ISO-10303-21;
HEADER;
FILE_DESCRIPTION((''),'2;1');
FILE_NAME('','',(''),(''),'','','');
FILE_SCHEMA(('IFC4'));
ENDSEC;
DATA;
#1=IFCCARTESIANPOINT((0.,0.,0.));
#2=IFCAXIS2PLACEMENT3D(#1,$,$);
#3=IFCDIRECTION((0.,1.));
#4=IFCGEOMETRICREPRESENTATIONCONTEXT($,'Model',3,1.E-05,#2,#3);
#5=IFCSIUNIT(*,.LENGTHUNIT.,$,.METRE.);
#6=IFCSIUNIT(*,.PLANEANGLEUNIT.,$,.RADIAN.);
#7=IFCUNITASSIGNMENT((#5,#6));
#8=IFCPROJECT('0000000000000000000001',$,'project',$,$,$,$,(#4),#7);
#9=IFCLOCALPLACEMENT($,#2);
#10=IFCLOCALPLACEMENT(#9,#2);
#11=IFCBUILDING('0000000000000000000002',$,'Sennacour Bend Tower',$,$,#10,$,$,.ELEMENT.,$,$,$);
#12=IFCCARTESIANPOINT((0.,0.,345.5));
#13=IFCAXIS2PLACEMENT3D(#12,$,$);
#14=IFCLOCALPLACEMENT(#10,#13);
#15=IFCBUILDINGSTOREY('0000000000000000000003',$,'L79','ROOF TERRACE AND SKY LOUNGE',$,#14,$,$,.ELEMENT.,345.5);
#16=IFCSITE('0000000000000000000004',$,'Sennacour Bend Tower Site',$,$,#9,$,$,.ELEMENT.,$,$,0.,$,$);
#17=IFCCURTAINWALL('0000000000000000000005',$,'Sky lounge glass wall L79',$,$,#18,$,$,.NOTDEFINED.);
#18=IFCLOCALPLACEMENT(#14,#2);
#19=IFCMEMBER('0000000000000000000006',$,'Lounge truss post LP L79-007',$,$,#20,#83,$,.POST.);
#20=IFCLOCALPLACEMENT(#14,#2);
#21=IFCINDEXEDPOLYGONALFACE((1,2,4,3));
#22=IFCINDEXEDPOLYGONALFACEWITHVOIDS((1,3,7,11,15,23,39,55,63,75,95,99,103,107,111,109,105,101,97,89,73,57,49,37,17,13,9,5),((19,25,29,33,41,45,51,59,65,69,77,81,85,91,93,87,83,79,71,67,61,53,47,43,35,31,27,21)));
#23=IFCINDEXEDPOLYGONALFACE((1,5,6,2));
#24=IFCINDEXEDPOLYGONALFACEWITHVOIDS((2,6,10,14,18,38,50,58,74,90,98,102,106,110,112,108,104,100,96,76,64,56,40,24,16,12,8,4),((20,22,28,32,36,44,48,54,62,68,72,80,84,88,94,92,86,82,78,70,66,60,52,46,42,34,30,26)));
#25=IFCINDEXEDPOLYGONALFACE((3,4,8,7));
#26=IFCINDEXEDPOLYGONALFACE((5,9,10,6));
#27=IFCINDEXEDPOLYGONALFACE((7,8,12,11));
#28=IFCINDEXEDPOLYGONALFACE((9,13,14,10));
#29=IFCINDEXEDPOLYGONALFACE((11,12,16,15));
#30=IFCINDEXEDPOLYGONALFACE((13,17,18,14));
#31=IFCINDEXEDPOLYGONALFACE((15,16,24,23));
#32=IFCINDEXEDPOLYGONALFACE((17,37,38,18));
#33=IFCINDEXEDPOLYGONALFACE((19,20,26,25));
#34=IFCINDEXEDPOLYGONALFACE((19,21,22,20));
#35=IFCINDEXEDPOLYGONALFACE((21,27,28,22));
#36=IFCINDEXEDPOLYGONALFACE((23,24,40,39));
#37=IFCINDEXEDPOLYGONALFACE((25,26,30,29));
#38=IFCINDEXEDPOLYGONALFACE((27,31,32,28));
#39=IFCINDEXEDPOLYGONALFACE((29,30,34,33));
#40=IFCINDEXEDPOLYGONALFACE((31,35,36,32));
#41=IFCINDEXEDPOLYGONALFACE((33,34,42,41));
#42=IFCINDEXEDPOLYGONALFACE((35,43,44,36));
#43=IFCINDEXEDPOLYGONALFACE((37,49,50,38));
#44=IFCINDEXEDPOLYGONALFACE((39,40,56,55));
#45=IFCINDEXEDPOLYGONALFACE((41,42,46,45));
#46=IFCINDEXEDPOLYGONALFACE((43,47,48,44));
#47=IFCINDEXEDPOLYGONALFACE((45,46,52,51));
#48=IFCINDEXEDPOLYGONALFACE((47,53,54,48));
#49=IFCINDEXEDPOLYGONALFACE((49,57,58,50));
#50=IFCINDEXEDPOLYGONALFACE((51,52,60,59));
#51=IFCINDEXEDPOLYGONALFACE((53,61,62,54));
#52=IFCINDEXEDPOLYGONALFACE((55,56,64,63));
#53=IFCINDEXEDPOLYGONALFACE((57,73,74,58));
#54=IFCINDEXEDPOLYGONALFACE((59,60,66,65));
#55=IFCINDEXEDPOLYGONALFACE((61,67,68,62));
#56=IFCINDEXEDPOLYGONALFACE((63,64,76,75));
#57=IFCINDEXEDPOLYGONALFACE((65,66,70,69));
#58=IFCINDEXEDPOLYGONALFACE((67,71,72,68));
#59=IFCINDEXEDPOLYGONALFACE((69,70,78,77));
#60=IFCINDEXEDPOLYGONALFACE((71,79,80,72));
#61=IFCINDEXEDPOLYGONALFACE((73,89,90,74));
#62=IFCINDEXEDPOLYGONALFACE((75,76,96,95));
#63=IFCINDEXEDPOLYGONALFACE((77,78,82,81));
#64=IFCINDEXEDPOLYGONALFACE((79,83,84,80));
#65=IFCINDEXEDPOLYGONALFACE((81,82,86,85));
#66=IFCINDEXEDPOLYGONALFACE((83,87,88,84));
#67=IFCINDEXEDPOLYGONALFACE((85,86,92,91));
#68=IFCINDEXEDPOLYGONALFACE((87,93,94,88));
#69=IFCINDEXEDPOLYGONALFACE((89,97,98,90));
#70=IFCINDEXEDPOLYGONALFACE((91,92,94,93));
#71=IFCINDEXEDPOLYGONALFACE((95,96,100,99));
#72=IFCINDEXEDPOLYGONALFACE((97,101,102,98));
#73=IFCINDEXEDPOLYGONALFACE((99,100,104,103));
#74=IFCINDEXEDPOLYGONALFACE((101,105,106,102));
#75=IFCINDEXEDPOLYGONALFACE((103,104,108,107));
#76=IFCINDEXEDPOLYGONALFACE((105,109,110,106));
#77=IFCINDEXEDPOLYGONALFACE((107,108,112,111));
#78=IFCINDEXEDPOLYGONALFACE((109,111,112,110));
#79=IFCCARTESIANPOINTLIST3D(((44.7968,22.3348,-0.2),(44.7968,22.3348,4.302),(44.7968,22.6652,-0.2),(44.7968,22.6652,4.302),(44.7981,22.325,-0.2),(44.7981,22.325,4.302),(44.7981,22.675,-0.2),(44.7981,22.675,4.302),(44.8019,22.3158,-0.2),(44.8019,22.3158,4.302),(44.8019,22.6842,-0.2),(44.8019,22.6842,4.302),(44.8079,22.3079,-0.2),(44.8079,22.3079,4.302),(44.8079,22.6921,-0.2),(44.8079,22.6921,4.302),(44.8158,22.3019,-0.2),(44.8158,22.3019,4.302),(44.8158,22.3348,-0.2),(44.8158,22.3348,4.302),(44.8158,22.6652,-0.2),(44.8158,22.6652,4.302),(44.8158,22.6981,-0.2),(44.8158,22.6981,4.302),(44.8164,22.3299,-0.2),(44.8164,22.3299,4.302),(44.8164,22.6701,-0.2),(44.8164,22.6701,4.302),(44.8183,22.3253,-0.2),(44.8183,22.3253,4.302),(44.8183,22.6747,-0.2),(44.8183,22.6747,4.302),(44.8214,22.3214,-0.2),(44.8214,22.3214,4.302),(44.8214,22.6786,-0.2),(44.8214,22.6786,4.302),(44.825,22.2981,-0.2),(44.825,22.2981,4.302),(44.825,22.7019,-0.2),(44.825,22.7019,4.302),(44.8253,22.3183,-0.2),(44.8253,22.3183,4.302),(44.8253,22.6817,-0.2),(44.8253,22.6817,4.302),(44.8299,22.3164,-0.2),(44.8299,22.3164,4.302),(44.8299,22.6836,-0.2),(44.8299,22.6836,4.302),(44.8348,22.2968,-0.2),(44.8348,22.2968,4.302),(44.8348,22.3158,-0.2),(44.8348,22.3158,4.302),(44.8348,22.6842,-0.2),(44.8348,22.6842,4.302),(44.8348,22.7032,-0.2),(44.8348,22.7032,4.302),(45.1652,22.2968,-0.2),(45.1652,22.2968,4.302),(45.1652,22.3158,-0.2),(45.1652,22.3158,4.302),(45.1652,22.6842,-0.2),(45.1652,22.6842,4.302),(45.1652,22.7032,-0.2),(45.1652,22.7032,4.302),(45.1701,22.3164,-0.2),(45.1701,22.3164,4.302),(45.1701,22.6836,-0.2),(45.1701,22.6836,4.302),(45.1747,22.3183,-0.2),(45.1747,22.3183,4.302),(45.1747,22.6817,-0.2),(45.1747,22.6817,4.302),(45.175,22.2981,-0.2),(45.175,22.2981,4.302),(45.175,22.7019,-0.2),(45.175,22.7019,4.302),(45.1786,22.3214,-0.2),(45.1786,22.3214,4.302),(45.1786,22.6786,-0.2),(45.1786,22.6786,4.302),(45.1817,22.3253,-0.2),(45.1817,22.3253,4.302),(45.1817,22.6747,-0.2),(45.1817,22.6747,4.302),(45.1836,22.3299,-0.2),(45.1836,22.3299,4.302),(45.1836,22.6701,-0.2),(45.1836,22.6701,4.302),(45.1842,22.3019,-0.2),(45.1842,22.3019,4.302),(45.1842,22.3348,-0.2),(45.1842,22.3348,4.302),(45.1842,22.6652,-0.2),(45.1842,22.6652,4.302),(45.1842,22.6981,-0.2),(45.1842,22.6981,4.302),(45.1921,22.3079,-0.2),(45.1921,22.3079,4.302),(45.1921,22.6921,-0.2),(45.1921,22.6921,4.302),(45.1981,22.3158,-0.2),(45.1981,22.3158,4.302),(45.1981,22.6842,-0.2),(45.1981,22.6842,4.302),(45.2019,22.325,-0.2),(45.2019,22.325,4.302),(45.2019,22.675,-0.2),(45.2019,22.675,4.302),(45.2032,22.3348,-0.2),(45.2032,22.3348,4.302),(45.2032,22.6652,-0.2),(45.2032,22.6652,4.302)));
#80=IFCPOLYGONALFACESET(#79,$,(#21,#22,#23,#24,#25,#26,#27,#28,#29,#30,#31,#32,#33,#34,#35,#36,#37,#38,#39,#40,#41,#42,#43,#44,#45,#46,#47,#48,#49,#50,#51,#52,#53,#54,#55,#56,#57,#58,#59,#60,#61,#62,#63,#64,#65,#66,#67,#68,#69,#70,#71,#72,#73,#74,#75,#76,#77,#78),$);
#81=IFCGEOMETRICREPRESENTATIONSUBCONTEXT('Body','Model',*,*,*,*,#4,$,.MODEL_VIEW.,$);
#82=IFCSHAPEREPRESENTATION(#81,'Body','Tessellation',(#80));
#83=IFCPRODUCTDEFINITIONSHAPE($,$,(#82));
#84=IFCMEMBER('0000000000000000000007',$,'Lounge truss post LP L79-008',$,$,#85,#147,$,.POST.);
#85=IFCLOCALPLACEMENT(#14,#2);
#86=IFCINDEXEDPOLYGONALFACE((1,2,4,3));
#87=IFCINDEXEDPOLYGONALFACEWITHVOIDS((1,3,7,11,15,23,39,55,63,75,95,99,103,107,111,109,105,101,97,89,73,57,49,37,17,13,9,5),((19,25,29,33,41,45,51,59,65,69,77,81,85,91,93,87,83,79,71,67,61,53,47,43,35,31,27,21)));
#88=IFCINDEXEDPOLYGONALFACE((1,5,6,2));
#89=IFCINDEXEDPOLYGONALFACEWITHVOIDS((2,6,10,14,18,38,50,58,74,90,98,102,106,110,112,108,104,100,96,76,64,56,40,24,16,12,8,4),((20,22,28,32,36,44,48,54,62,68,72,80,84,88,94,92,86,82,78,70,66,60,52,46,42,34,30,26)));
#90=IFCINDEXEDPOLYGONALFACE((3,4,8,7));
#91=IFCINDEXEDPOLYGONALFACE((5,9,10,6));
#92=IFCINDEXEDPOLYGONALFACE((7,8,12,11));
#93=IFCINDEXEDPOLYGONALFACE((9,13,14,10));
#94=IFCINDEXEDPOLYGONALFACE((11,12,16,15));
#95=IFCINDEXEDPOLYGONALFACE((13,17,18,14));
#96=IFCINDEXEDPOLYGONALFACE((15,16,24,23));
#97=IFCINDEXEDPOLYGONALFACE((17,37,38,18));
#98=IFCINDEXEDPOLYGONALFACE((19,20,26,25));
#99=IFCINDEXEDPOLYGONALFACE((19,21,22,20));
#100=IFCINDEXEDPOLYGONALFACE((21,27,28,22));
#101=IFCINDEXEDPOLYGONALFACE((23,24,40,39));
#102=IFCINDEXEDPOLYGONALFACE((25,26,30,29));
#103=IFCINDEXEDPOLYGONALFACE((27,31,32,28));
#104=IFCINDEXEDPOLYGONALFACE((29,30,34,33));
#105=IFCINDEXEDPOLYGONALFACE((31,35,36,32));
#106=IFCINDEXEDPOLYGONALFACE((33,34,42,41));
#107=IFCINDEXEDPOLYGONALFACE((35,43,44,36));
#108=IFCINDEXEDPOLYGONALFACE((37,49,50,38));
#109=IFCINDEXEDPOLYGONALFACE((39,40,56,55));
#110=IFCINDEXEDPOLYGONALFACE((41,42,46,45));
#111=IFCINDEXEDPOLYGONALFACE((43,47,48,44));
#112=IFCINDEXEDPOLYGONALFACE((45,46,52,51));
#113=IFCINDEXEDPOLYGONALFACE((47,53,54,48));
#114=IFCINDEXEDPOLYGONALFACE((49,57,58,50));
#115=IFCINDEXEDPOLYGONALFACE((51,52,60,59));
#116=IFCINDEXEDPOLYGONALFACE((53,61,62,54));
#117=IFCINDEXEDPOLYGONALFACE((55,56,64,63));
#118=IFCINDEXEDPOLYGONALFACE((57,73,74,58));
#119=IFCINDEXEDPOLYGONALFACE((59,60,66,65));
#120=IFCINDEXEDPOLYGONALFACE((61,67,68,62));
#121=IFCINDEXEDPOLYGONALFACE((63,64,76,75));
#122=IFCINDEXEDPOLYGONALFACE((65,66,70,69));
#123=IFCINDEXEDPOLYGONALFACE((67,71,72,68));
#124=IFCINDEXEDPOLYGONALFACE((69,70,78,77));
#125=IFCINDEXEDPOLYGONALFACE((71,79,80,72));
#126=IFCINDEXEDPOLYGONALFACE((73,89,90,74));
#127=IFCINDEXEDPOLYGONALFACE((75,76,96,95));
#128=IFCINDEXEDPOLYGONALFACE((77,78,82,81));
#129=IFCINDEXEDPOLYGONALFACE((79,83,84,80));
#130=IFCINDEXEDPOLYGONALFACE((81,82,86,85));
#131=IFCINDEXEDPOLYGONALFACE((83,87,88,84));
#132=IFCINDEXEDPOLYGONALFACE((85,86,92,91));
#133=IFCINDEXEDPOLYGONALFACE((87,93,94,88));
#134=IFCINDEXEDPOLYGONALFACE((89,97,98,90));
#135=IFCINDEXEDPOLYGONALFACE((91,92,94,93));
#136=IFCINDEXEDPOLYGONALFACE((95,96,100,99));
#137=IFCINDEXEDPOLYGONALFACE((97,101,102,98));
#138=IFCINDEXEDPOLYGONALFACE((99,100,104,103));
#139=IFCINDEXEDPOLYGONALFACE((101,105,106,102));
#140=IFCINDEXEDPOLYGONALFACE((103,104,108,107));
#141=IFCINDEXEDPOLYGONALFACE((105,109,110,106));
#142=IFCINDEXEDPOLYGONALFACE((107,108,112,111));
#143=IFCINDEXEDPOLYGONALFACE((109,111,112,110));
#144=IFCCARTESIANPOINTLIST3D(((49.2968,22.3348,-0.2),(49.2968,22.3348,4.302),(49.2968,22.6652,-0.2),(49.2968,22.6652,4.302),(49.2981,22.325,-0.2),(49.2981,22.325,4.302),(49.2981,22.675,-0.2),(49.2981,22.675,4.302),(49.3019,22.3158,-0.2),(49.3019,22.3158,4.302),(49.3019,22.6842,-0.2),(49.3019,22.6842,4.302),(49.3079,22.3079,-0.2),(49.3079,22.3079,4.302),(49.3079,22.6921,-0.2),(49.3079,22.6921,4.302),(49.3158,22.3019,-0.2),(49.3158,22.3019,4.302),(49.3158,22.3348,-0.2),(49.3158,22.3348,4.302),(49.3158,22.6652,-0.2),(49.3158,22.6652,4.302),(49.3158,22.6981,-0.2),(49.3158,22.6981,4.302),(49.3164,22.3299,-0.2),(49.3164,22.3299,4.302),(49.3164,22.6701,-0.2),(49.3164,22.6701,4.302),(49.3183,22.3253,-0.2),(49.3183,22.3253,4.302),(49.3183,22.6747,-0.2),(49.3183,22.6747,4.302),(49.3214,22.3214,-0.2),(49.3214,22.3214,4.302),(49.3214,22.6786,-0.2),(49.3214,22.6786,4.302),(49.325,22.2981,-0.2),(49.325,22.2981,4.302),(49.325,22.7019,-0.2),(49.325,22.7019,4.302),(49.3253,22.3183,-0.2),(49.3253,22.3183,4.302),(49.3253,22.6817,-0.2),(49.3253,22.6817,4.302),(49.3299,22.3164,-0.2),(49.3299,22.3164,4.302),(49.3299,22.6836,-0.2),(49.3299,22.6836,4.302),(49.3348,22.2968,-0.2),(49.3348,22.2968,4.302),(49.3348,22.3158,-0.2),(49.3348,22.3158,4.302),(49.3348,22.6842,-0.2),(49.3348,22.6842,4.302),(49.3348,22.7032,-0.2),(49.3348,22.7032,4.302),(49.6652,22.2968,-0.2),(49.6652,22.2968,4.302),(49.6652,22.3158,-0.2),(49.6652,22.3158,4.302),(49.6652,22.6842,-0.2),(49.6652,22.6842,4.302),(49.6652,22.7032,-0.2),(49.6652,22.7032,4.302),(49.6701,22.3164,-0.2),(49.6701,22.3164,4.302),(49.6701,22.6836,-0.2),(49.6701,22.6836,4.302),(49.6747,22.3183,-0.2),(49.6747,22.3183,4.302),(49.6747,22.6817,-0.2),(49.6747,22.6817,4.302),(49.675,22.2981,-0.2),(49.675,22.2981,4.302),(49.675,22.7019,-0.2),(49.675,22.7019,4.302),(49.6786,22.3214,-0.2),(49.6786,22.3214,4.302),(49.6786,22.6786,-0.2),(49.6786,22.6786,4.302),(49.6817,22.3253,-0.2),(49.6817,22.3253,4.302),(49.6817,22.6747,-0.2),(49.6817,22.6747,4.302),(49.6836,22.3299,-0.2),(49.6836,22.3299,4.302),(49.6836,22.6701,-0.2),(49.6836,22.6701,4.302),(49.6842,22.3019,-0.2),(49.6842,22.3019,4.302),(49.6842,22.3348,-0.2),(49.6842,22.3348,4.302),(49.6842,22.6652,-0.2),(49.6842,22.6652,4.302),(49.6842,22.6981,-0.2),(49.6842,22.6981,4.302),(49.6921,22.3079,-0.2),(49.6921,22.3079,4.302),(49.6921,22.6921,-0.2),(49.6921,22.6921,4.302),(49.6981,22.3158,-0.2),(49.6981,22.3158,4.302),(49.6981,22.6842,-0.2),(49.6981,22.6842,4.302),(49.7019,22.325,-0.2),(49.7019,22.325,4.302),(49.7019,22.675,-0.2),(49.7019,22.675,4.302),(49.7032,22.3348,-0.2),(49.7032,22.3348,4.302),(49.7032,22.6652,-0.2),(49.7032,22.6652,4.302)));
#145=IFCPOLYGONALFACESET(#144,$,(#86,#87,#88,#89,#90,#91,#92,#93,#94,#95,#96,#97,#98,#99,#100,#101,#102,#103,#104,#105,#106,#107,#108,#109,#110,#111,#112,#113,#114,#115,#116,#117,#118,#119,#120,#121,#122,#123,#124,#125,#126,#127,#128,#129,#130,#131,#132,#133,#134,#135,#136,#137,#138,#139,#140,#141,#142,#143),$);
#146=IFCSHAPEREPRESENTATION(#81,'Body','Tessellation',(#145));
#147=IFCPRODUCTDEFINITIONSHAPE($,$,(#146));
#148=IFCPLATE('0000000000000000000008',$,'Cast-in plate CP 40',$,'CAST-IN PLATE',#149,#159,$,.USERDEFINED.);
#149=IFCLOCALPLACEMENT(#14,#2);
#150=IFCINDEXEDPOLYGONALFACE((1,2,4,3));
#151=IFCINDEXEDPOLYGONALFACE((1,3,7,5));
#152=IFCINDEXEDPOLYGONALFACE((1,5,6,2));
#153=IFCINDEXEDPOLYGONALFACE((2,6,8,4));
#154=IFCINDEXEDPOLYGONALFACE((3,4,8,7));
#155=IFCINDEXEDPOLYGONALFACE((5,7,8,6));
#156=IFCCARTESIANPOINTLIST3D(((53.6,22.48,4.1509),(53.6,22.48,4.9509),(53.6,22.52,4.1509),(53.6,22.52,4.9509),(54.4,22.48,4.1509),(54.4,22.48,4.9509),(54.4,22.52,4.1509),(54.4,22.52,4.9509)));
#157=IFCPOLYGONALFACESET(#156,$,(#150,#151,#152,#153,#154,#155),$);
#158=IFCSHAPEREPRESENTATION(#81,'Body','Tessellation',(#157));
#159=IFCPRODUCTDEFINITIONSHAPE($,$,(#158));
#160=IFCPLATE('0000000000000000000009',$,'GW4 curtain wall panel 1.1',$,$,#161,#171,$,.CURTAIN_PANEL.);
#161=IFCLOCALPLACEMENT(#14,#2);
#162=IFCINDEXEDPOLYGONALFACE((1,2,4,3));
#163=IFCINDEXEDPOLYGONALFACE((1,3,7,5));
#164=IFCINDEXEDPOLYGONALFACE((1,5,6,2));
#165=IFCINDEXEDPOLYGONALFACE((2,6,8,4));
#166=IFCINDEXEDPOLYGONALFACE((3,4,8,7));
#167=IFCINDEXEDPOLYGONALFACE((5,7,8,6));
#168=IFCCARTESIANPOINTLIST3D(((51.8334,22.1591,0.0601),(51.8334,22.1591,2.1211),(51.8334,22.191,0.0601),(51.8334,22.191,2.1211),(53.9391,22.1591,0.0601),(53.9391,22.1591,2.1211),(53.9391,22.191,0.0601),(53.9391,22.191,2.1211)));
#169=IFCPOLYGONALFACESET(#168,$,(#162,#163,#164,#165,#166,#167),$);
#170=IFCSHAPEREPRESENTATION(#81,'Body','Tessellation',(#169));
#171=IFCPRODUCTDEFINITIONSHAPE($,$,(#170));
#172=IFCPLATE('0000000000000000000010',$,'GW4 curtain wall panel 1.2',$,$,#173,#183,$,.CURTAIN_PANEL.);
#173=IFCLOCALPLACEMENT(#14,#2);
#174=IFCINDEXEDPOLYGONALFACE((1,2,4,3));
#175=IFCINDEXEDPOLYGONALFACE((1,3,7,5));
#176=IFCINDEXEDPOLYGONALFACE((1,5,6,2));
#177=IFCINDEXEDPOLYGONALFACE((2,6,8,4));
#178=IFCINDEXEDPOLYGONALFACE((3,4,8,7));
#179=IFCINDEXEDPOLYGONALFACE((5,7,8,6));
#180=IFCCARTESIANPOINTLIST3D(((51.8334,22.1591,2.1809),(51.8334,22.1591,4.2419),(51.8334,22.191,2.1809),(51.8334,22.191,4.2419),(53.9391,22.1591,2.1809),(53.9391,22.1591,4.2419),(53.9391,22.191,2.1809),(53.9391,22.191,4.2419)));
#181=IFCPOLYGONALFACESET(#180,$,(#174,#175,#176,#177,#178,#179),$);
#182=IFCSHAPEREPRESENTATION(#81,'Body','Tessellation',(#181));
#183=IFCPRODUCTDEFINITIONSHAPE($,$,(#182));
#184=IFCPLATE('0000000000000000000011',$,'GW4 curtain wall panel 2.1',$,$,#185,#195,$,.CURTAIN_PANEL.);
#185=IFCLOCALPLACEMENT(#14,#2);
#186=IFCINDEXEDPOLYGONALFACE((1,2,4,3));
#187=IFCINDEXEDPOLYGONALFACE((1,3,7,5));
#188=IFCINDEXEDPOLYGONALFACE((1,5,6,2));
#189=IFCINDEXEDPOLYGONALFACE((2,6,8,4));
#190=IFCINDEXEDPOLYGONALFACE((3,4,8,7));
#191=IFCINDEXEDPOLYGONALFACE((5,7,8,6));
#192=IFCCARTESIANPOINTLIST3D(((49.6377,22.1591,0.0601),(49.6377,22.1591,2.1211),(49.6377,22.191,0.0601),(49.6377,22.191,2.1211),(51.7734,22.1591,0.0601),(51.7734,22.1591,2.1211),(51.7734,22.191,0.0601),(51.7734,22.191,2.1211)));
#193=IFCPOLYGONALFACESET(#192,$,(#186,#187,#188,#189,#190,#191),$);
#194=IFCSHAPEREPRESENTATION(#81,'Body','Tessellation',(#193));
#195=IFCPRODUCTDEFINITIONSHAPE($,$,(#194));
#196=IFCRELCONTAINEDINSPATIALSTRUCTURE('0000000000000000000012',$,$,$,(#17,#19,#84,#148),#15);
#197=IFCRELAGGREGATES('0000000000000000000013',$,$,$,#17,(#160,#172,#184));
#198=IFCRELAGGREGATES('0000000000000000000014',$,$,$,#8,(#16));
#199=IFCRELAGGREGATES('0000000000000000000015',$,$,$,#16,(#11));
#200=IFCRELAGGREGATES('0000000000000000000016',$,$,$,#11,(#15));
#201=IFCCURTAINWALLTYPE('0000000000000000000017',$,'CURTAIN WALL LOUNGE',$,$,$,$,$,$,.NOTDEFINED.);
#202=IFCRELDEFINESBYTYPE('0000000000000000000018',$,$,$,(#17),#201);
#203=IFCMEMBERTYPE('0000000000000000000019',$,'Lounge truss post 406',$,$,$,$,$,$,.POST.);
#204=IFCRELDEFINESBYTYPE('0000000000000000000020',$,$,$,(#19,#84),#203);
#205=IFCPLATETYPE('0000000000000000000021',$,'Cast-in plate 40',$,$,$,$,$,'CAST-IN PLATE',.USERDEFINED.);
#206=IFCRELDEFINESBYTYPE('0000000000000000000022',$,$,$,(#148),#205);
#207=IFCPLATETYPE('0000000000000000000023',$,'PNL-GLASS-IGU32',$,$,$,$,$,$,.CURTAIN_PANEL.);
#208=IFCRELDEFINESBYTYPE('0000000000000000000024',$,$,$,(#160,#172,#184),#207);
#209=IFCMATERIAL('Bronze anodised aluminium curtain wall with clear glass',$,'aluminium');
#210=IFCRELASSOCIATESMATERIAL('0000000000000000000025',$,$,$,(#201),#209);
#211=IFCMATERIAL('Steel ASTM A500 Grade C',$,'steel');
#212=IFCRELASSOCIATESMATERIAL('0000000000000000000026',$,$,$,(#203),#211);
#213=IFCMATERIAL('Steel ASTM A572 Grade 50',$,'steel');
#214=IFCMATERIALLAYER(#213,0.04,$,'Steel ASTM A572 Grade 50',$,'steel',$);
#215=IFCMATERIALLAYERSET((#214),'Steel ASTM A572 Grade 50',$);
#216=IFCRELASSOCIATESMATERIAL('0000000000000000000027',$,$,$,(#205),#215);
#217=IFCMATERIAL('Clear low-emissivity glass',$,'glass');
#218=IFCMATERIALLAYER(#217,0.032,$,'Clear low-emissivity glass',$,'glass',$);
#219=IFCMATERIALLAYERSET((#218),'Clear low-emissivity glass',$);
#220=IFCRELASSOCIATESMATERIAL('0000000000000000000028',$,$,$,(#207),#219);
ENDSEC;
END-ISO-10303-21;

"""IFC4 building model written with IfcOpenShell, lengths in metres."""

from ifc_helpers import new_model, si_unit, direction, frame, origin, origin_2d, place, context, subcontext, project, spatial, rectangle, hollow_rectangle, extrude, material, layer, layer_set, material_profile, profile_set, type_object, element, aggregate, save


model = new_model("IFC4")

# Units and contexts
model_context = context("Model", 3, precision=1e-05, world=origin(), true_north=direction((0.0, 1.0)))
body_context = subcontext(model_context, "Body", "Model", "MODEL_VIEW")
ifc_project = project(units=[si_unit("LENGTHUNIT", "METRE"), si_unit("PLANEANGLEUNIT", "RADIAN")], contexts=[model_context])

# Site, building, storey
site_placement = place(None, origin())
site = spatial("IfcSite", under=ifc_project, at=site_placement, Name="Sennacour Bend Tower Site", CompositionType="ELEMENT", RefElevation=0.0)
building_placement = place(site_placement, origin())
building = spatial("IfcBuilding", under=site, at=building_placement, Name="Sennacour Bend Tower", CompositionType="ELEMENT")
storey_placement = place(building_placement, frame((0.0, 0.0, 345.5)))
storey = spatial("IfcBuildingStorey", under=building, at=storey_placement, Name="L79", Description="ROOF TERRACE AND SKY LOUNGE", CompositionType="ELEMENT", Elevation=345.5)

# Curtain wall
ifc_material_1 = material(Name="Bronze anodised aluminium curtain wall with clear glass", Category="aluminium")
curtain_wall_type = type_object("IfcCurtainWallType", Name="CURTAIN WALL LOUNGE", PredefinedType="NOTDEFINED", material=ifc_material_1)
curtain_wall_1_placement = place(storey_placement, origin())
curtain_wall_1 = element("IfcCurtainWall", 1, at=curtain_wall_1_placement, inside=storey, type_object=curtain_wall_type, Name="Sky lounge glass wall L79", PredefinedType="NOTDEFINED")

# Members
ifc_material_2 = material(Name="Steel ASTM A500 Grade C", Category="steel")
ifc_material_profile_1 = material_profile(ifc_material_2, hollow_rectangle(XDim=0.4065, YDim=0.4065, WallThickness=0.019, InnerFilletRadius=0.019, OuterFilletRadius=0.0381, at=origin_2d()), Name="Steel ASTM A500 Grade C", Category="steel")
ifc_profile_set_1 = profile_set([ifc_material_profile_1], Name="Steel ASTM A500 Grade C")
member_type_1 = type_object("IfcMemberType", Name="Lounge truss post 406", PredefinedType="POST", material=ifc_profile_set_1)
for number, where, z_axis, x_axis, name in (
    (2, (45.0, 22.5, -0.2), (0.0, 0.0, 1.0), (1.0, 0.0, 0.0), "Lounge truss post LP L79-007"),
    (3, (49.5, 22.5, -0.2), (0.0, 0.0, 1.0), (1.0, 0.0, 0.0), "Lounge truss post LP L79-008"),
):
    element("IfcMember", number, at=place(storey_placement, frame(where, z_axis=z_axis, x_axis=x_axis)), inside=storey, type_object=member_type_1, Name=name, PredefinedType="POST", context=body_context, shape_type="SweptSolid", body=[
        extrude(hollow_rectangle(XDim=0.4065, YDim=0.4065, WallThickness=0.019, InnerFilletRadius=0.019, OuterFilletRadius=0.0381, at=origin_2d()), origin(), (0.0, 0.0, 1.0), 4.502),
    ])

# Plates
ifc_material_3 = material(Name="Steel ASTM A572 Grade 50", Category="steel")
ifc_layer_1 = layer(ifc_material_3, 0.04, Name="Steel ASTM A572 Grade 50", Category="steel")
ifc_layer_set_1 = layer_set([ifc_layer_1], Name="Steel ASTM A572 Grade 50")
plate_type_1 = type_object("IfcPlateType", Name="Cast-in plate 40", ElementType="CAST-IN PLATE", PredefinedType="USERDEFINED", material=ifc_layer_set_1)
plate_1_placement = place(storey_placement, frame((54.0, 22.5, 4.1509), z_axis=(0.0, 0.0, 1.0), x_axis=(1.0, 0.0, 0.0)))
element("IfcPlate", 4, at=plate_1_placement, inside=storey, type_object=plate_type_1, Name="Cast-in plate CP 40", ObjectType="CAST-IN PLATE", PredefinedType="USERDEFINED", context=body_context, shape_type="SweptSolid", body=[
    extrude(rectangle(XDim=0.8, YDim=0.04, at=origin_2d()), origin(), (0.0, 0.0, 1.0), 0.8),
])
ifc_material_4 = material(Name="Clear low-emissivity glass", Category="glass")
ifc_layer_2 = layer(ifc_material_4, 0.032, Name="Clear low-emissivity glass", Category="glass")
ifc_layer_set_2 = layer_set([ifc_layer_2], Name="Clear low-emissivity glass")
plate_type_2 = type_object("IfcPlateType", Name="PNL-GLASS-IGU32", PredefinedType="CURTAIN_PANEL", material=ifc_layer_set_2)
plate_2_placement = place(storey_placement, frame((52.8862, 22.175, 0.0601), z_axis=(0.0, 0.0, 1.0), x_axis=(-1.0, 0.0, 0.0)))
plate_2 = element("IfcPlate", 5, at=plate_2_placement, type_object=plate_type_2, Name="GW4 curtain wall panel 1.1", PredefinedType="CURTAIN_PANEL", context=body_context, shape_type="SweptSolid", body=[
    extrude(rectangle(XDim=2.1057, YDim=0.032, at=origin_2d()), origin(), (0.0, 0.0, 1.0), 2.061),
])
plate_3_placement = place(storey_placement, frame((52.8862, 22.175, 2.1809), z_axis=(0.0, 0.0, 1.0), x_axis=(-1.0, 0.0, 0.0)))
plate_3 = element("IfcPlate", 6, at=plate_3_placement, type_object=plate_type_2, Name="GW4 curtain wall panel 1.2", PredefinedType="CURTAIN_PANEL", context=body_context, shape_type="SweptSolid", body=[
    extrude(rectangle(XDim=2.1057, YDim=0.032, at=origin_2d()), origin(), (0.0, 0.0, 1.0), 2.061),
])
plate_4_placement = place(storey_placement, frame((50.7056, 22.175, 0.0601), z_axis=(0.0, 0.0, 1.0), x_axis=(-1.0, 0.0, 0.0)))
plate_4 = element("IfcPlate", 7, at=plate_4_placement, type_object=plate_type_2, Name="GW4 curtain wall panel 2.1", PredefinedType="CURTAIN_PANEL", context=body_context, shape_type="SweptSolid", body=[
    extrude(rectangle(XDim=2.1357, YDim=0.032, at=origin_2d()), origin(), (0.0, 0.0, 1.0), 2.061),
])
aggregate(curtain_wall_1, [plate_2, plate_3, plate_4])

save(model, "model.ifc")
